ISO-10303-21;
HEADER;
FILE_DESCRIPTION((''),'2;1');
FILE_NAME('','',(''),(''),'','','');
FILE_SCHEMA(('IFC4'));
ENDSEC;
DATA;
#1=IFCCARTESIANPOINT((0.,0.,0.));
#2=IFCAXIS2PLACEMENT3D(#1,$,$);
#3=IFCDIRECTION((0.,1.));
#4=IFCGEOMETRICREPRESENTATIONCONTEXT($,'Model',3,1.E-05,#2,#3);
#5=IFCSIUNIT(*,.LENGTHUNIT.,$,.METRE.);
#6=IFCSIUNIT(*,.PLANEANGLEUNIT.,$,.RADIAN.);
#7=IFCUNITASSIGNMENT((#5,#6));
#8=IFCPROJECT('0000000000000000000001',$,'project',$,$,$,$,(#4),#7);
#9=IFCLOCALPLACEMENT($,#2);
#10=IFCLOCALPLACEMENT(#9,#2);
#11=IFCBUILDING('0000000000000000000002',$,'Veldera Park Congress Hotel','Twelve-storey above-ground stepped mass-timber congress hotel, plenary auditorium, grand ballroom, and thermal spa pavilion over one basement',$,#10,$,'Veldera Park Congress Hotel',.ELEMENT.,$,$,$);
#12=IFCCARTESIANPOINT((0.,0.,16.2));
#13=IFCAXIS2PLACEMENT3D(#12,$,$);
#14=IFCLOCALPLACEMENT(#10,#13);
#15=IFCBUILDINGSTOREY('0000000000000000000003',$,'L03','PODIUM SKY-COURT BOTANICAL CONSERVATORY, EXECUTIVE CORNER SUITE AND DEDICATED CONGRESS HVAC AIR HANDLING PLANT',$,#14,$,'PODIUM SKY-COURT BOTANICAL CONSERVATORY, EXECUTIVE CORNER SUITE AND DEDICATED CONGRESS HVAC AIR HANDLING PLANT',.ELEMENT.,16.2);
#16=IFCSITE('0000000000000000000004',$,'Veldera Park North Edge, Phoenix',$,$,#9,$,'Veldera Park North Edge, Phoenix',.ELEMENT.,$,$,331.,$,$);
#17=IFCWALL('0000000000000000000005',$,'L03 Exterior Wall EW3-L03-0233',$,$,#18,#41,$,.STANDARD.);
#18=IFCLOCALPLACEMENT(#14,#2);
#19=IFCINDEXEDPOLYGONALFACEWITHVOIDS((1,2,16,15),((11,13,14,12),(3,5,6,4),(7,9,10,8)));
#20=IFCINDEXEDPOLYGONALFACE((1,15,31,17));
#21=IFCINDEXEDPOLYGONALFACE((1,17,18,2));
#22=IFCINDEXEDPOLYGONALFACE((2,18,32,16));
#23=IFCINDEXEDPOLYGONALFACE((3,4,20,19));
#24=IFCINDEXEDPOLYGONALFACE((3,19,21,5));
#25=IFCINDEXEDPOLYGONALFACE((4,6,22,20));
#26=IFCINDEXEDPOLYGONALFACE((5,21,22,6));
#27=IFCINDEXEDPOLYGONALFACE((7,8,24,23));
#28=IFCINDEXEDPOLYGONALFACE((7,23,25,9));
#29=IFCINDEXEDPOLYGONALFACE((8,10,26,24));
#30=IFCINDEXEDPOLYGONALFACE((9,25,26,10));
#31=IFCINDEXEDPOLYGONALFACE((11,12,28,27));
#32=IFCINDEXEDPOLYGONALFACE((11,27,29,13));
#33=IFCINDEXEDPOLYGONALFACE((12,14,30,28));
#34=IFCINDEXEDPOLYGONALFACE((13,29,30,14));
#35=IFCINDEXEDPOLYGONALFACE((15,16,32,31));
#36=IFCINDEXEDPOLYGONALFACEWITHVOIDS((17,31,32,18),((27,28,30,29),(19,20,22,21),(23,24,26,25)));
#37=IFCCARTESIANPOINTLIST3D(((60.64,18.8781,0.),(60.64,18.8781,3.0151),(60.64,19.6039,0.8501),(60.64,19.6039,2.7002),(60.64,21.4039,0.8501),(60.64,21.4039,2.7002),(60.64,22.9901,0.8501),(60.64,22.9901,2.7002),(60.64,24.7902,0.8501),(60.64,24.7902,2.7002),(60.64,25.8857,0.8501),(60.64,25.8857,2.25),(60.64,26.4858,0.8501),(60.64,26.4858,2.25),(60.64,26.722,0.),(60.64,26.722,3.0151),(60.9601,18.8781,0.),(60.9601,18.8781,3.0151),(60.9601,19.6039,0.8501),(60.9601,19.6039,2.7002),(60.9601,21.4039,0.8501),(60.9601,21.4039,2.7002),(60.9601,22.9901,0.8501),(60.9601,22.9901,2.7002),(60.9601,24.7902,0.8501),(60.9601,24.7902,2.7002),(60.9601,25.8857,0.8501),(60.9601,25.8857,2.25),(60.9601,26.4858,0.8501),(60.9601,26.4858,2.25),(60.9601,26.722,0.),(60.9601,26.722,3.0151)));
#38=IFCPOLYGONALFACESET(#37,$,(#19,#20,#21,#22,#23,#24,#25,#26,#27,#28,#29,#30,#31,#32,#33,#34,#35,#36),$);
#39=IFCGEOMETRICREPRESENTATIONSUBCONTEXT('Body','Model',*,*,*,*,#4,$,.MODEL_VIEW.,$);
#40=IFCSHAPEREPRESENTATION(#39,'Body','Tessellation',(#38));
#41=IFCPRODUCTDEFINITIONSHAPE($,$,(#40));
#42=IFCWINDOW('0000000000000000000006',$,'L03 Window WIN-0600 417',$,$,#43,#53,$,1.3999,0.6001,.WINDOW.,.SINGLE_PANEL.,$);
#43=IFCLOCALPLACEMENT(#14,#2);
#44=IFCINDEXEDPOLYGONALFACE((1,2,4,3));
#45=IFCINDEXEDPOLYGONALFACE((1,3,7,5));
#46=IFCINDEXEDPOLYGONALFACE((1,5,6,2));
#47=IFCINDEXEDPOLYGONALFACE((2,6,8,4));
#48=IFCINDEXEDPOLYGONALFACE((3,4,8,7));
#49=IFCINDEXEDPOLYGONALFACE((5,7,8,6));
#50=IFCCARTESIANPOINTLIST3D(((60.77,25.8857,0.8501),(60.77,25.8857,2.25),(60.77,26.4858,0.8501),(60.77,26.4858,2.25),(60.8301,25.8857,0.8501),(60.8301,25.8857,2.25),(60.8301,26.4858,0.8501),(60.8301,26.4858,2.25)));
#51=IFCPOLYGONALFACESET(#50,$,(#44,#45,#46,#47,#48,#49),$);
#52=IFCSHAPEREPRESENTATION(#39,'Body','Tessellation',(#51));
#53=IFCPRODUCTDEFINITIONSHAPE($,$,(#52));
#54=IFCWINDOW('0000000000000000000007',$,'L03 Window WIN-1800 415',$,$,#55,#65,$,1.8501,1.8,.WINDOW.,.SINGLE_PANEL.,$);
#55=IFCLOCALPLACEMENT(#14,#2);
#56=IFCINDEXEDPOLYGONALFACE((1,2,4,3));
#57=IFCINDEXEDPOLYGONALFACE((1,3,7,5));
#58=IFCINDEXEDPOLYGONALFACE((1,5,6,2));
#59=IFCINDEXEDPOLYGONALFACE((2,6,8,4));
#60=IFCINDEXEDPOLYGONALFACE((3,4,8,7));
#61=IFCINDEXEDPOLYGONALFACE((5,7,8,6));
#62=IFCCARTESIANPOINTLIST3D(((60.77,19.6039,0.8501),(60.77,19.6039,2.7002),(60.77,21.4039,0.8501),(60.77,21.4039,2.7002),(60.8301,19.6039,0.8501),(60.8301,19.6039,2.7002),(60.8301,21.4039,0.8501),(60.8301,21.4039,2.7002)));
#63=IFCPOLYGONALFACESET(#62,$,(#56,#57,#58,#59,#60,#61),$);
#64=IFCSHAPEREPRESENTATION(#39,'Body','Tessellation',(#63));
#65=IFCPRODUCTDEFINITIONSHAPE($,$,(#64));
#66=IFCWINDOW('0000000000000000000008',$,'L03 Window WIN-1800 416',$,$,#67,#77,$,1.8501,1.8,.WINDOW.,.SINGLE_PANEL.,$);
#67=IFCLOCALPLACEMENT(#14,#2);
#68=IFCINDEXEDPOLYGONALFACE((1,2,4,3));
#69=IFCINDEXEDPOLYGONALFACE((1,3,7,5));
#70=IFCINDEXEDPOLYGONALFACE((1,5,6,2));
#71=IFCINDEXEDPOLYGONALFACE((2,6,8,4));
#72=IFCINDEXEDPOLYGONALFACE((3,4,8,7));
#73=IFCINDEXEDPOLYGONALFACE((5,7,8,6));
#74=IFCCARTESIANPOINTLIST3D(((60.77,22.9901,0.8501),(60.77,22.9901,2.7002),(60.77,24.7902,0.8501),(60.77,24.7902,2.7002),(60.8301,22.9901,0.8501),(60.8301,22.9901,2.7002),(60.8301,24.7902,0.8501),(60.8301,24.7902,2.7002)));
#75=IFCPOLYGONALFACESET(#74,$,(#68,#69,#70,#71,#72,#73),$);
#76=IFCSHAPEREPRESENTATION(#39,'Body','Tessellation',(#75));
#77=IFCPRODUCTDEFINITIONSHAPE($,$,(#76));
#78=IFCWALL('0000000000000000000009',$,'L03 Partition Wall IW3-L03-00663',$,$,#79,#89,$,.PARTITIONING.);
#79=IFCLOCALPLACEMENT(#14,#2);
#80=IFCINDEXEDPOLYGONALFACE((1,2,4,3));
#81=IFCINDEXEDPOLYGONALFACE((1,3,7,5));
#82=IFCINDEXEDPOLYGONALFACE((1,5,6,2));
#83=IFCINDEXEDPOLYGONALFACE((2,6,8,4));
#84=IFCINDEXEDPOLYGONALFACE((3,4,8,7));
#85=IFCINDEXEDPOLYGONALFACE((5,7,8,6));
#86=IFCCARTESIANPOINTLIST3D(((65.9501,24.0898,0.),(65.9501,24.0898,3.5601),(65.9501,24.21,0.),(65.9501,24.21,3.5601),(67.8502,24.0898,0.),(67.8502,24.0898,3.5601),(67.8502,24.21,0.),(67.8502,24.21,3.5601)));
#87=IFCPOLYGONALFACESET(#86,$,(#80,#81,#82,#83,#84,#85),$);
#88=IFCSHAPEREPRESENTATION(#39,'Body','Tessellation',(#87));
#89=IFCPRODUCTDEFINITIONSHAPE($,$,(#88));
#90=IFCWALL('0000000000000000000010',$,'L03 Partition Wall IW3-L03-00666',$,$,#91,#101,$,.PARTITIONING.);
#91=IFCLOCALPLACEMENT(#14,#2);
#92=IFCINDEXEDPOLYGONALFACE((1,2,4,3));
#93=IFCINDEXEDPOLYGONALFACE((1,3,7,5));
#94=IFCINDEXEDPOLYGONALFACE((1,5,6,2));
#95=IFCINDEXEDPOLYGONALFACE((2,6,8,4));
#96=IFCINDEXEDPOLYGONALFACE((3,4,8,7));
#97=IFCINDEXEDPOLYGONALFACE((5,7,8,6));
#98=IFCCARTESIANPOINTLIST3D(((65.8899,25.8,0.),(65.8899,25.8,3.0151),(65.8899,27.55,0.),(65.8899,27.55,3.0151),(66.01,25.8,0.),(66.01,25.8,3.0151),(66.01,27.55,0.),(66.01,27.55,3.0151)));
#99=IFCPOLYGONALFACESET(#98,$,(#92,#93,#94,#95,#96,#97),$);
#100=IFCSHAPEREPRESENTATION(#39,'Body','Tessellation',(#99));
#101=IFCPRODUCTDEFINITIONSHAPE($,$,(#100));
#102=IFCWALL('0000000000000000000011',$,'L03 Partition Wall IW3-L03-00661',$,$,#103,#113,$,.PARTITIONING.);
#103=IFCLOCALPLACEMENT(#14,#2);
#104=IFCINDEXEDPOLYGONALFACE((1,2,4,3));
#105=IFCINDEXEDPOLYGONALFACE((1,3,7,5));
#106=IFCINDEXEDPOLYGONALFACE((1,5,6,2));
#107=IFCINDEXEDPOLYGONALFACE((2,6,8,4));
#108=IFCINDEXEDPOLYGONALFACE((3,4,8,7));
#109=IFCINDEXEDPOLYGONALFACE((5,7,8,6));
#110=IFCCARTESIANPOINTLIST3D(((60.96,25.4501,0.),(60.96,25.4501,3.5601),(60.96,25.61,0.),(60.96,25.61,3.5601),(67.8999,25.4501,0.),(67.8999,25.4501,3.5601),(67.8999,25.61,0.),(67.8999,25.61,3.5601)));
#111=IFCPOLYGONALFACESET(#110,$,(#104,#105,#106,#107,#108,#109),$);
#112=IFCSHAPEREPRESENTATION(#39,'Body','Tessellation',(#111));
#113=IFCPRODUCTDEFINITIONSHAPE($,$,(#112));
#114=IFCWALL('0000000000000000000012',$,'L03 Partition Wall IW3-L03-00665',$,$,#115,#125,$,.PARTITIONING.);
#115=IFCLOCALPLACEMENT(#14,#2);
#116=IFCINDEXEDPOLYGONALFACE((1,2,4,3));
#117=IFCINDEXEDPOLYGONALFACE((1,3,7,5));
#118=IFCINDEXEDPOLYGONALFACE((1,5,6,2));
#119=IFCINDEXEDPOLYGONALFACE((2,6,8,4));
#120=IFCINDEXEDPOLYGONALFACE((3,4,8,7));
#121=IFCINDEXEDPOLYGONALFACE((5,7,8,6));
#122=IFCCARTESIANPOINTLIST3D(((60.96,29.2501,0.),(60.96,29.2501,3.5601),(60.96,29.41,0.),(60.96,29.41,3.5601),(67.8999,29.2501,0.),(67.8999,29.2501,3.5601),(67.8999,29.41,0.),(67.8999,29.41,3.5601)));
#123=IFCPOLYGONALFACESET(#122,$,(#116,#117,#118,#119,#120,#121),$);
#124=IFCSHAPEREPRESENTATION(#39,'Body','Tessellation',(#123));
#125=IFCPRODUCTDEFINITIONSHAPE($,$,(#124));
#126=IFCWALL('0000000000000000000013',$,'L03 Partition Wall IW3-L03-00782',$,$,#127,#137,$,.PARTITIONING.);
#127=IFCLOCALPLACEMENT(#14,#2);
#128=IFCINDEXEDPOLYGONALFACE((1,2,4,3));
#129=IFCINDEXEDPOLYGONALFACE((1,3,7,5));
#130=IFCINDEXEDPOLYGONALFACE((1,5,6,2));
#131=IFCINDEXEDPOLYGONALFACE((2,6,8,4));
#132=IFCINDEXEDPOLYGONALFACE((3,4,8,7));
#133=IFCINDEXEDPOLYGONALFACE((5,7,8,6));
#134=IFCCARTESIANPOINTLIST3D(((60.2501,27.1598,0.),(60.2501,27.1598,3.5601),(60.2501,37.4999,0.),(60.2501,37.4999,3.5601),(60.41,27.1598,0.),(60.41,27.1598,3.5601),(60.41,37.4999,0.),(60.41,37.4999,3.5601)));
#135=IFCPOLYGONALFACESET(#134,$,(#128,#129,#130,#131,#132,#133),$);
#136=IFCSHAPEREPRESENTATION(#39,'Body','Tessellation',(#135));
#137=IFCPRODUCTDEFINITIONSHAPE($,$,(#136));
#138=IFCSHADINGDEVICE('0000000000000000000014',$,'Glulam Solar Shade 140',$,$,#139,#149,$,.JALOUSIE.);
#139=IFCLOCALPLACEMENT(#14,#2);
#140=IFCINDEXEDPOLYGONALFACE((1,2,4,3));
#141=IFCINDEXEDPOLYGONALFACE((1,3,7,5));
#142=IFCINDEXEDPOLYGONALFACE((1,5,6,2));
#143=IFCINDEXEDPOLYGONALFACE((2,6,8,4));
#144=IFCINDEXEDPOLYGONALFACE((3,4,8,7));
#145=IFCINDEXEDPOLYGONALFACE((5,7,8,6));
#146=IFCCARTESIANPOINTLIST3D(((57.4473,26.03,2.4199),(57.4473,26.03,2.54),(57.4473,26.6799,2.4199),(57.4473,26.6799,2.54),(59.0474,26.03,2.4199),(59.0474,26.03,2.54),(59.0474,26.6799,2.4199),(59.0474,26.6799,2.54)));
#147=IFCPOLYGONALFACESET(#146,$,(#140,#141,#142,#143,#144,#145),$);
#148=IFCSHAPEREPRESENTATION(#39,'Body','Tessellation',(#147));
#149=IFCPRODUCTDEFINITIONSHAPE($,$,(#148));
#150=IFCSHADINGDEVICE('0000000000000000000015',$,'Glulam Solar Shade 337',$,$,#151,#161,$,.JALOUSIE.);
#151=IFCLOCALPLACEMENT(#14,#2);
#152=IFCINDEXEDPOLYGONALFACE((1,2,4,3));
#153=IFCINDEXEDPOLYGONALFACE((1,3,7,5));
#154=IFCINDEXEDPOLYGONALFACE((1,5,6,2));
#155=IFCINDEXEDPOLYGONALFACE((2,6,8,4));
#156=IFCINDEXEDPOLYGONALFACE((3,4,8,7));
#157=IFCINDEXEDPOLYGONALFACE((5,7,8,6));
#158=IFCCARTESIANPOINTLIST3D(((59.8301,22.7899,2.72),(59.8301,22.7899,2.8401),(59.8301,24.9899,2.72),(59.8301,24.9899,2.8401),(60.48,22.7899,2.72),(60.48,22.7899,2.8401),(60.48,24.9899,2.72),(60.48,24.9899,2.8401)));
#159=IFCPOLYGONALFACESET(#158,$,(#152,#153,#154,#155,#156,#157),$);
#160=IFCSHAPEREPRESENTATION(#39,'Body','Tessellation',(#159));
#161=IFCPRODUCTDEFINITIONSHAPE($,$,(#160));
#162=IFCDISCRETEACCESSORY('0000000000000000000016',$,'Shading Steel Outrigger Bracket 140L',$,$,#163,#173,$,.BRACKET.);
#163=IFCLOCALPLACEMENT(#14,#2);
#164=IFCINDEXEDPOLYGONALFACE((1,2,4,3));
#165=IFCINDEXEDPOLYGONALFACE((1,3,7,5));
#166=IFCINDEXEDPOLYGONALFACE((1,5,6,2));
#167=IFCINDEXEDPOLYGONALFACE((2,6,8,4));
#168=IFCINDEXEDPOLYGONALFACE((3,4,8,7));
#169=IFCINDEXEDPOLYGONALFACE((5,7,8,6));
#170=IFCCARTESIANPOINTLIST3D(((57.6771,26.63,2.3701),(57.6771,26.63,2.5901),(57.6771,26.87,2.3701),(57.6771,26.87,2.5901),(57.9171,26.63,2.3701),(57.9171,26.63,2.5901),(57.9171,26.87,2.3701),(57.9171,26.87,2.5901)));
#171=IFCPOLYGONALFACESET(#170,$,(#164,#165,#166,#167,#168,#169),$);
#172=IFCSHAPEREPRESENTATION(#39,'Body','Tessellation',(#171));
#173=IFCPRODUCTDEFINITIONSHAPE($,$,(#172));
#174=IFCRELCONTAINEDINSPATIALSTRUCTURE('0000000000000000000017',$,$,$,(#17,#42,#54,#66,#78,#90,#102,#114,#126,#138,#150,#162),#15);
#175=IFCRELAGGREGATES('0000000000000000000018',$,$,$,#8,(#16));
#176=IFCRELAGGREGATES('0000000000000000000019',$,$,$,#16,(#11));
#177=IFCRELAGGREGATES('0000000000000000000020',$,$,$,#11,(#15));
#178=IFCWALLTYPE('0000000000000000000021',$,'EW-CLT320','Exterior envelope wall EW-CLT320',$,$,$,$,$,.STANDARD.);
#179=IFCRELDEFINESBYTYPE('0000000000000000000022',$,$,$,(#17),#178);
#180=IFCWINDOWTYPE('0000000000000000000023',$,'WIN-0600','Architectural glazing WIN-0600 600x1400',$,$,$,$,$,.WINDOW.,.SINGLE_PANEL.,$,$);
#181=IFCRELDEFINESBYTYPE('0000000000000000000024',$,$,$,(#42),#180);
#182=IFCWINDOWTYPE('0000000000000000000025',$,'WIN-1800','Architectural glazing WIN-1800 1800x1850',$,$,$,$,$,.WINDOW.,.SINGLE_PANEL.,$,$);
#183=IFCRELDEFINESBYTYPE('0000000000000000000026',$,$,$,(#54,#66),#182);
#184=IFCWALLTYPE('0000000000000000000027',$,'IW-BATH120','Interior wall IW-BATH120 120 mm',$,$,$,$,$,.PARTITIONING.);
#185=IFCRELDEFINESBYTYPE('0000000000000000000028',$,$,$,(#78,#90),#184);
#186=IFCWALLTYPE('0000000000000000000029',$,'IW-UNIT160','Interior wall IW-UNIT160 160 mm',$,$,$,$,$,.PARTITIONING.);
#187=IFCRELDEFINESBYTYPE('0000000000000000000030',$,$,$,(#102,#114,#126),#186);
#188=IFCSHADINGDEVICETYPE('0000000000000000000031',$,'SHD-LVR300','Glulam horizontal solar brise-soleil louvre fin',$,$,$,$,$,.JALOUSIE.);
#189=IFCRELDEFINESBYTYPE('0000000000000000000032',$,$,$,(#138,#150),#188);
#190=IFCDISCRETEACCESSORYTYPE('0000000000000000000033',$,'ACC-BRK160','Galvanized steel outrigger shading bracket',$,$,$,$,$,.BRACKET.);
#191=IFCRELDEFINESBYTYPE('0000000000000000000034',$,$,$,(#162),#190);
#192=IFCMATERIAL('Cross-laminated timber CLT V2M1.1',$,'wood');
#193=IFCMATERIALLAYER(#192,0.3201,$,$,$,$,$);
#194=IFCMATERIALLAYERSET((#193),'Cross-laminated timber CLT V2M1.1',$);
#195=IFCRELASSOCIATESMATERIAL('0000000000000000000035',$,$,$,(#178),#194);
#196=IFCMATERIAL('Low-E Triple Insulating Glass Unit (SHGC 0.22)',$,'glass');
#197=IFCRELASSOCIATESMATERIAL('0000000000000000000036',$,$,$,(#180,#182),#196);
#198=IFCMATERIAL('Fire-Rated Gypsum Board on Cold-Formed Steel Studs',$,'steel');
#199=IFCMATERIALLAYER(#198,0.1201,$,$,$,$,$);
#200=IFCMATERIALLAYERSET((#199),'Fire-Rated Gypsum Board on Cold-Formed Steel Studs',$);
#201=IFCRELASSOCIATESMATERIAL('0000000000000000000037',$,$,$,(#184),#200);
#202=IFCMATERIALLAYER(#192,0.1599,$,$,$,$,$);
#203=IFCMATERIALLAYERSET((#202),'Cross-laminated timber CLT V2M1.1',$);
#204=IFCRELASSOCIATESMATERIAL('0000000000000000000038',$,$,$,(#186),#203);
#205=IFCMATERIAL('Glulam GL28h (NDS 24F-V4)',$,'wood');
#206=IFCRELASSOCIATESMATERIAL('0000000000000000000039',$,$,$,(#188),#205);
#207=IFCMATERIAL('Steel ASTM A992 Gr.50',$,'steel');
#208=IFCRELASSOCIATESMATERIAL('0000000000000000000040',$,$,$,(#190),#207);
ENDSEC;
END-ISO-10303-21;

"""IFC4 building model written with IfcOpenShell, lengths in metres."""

from ifc_helpers import new_model, si_unit, direction, frame, frame_2d, origin, origin_2d, place, context, subcontext, project, spatial, rectangle, extrude, material, layer, layer_set, type_object, element, fill, save


model = new_model("IFC4")

# Units and contexts
model_context = context("Model", 3, precision=1e-05, world=origin(), true_north=direction((0.0, 1.0)))
body_context = subcontext(model_context, "Body", "Model", "MODEL_VIEW")
ifc_project = project(units=[si_unit("LENGTHUNIT", "METRE"), si_unit("PLANEANGLEUNIT", "RADIAN")], contexts=[model_context])

# Site, building, storey
site_placement = place(None, origin())
site = spatial("IfcSite", under=ifc_project, at=site_placement, Name="Veldera Park North Edge, Phoenix", LongName="Veldera Park North Edge, Phoenix", CompositionType="ELEMENT", RefElevation=331.0)
building_placement = place(site_placement, origin())
building = spatial("IfcBuilding", under=site, at=building_placement, Name="Veldera Park Congress Hotel", Description="Twelve-storey above-ground stepped mass-timber congress hotel, plenary auditorium, grand ballroom, and thermal spa pavilion over one basement", LongName="Veldera Park Congress Hotel", CompositionType="ELEMENT")
storey_placement = place(building_placement, frame((0.0, 0.0, 16.2)))
storey = spatial("IfcBuildingStorey", under=building, at=storey_placement, Name="L03", Description="PODIUM SKY-COURT BOTANICAL CONSERVATORY, EXECUTIVE CORNER SUITE AND DEDICATED CONGRESS HVAC AIR HANDLING PLANT", LongName="PODIUM SKY-COURT BOTANICAL CONSERVATORY, EXECUTIVE CORNER SUITE AND DEDICATED CONGRESS HVAC AIR HANDLING PLANT", CompositionType="ELEMENT", Elevation=16.2)

# Shared definitions
ifc_material_1 = material(Name="Glulam GL28h (NDS 24F-V4)", Category="wood")

# Wall, openings, windows
ifc_material_2 = material(Name="Cross-laminated timber CLT V2M1.1", Category="wood")
ifc_layer_1 = layer(ifc_material_2, 0.3201)
ifc_layer_set_1 = layer_set([ifc_layer_1], Name="Cross-laminated timber CLT V2M1.1")
wall_type_1 = type_object("IfcWallType", Name="EW-CLT320", Description="Exterior envelope wall EW-CLT320", PredefinedType="STANDARD", material=ifc_layer_set_1)
wall_1_placement = place(storey_placement, frame((60.8, 26.7219, 0.0), z_axis=(0.0, 0.0, 1.0), x_axis=(0.0, -1.0, 0.0)))
wall_1 = element("IfcWall", 1, at=wall_1_placement, inside=storey, type_object=wall_type_1, Name="L03 Exterior Wall EW3-L03-0233", PredefinedType="STANDARD", context=body_context, shape_type="SweptSolid", body=[
    extrude(rectangle(XDim=7.844, YDim=0.3201, at=frame_2d((3.9219, 0.0))), origin(), (0.0, 0.0, 1.0), 3.0151),
])
opening_1_placement = place(wall_1_placement, frame((5.3181, 0.0, 0.8501)))
opening_1 = element("IfcOpeningElement", 2, at=opening_1_placement, cuts=wall_1, PredefinedType="OPENING", context=body_context, shape_type="SweptSolid", body=[
    extrude(rectangle(XDim=1.8, YDim=1.8501, at=frame_2d((0.8999, 0.925))), frame((0.0, 0.1721, 0.0), z_axis=(0.0, -1.0, 0.0), x_axis=(1.0, 0.0, 0.0)), (0.0, 0.0, 1.0), 0.344),
])
opening_2_placement = place(wall_1_placement, frame((1.9319, 0.0, 0.8501)))
opening_2 = element("IfcOpeningElement", 3, at=opening_2_placement, cuts=wall_1, PredefinedType="OPENING", context=body_context, shape_type="SweptSolid", body=[
    extrude(rectangle(XDim=1.8, YDim=1.8501, at=frame_2d((0.8999, 0.925))), frame((0.0, 0.1721, 0.0), z_axis=(0.0, -1.0, 0.0), x_axis=(1.0, 0.0, 0.0)), (0.0, 0.0, 1.0), 0.344),
])
opening_3_placement = place(wall_1_placement, frame((0.2361, 0.0, 0.8501)))
opening_3 = element("IfcOpeningElement", 4, at=opening_3_placement, cuts=wall_1, PredefinedType="OPENING", context=body_context, shape_type="SweptSolid", body=[
    extrude(rectangle(XDim=0.6001, YDim=1.3999, at=frame_2d((0.3, 0.7))), frame((0.0, 0.1721, 0.0), z_axis=(0.0, -1.0, 0.0), x_axis=(1.0, 0.0, 0.0)), (0.0, 0.0, 1.0), 0.344),
])
ifc_material_3 = material(Name="Low-E Triple Insulating Glass Unit (SHGC 0.22)", Category="glass")
window_type_1 = type_object("IfcWindowType", Name="WIN-0600", Description="Architectural glazing WIN-0600 600x1400", PartitioningType="SINGLE_PANEL", PredefinedType="WINDOW", material=ifc_material_3)
window_1_placement = place(opening_3_placement, origin())
window_1 = element("IfcWindow", 5, at=window_1_placement, inside=storey, type_object=window_type_1, Name="L03 Window WIN-0600 417", OverallHeight=1.3999, OverallWidth=0.6001, PartitioningType="SINGLE_PANEL", PredefinedType="WINDOW", context=body_context, shape_type="SweptSolid", body=[
    extrude(rectangle(XDim=0.6001, YDim=1.3999, at=frame_2d((0.3, 0.7))), frame((0.0, 0.03, 0.0), z_axis=(0.0, -1.0, 0.0), x_axis=(1.0, 0.0, 0.0)), (0.0, 0.0, 1.0), 0.0601),
])
fill(opening_3, window_1)
window_type_2 = type_object("IfcWindowType", Name="WIN-1800", Description="Architectural glazing WIN-1800 1800x1850", PartitioningType="SINGLE_PANEL", PredefinedType="WINDOW", material=ifc_material_3)
window_2_placement = place(opening_1_placement, origin())
window_2 = element("IfcWindow", 6, at=window_2_placement, inside=storey, type_object=window_type_2, Name="L03 Window WIN-1800 415", OverallHeight=1.8501, OverallWidth=1.8, PartitioningType="SINGLE_PANEL", PredefinedType="WINDOW", context=body_context, shape_type="SweptSolid", body=[
    extrude(rectangle(XDim=1.8, YDim=1.8501, at=frame_2d((0.8999, 0.925))), frame((0.0, 0.03, 0.0), z_axis=(0.0, -1.0, 0.0), x_axis=(1.0, 0.0, 0.0)), (0.0, 0.0, 1.0), 0.0601),
])
fill(opening_1, window_2)
window_3_placement = place(opening_2_placement, origin())
window_3 = element("IfcWindow", 7, at=window_3_placement, inside=storey, type_object=window_type_2, Name="L03 Window WIN-1800 416", OverallHeight=1.8501, OverallWidth=1.8, PartitioningType="SINGLE_PANEL", PredefinedType="WINDOW", context=body_context, shape_type="SweptSolid", body=[
    extrude(rectangle(XDim=1.8, YDim=1.8501, at=frame_2d((0.8999, 0.925))), frame((0.0, 0.03, 0.0), z_axis=(0.0, -1.0, 0.0), x_axis=(1.0, 0.0, 0.0)), (0.0, 0.0, 1.0), 0.0601),
])
fill(opening_2, window_3)

# Walls
ifc_material_4 = material(Name="Fire-Rated Gypsum Board on Cold-Formed Steel Studs", Category="steel")
ifc_layer_2 = layer(ifc_material_4, 0.1201)
ifc_layer_set_2 = layer_set([ifc_layer_2], Name="Fire-Rated Gypsum Board on Cold-Formed Steel Studs")
wall_type_2 = type_object("IfcWallType", Name="IW-BATH120", Description="Interior wall IW-BATH120 120 mm", PredefinedType="PARTITIONING", material=ifc_layer_set_2)
wall_2_placement = place(storey_placement, frame((65.95, 24.1499, 0.0), z_axis=(0.0, 0.0, 1.0), x_axis=(1.0, 0.0, 0.0)))
element("IfcWall", 8, at=wall_2_placement, inside=storey, type_object=wall_type_2, Name="L03 Partition Wall IW3-L03-00663", PredefinedType="PARTITIONING", context=body_context, shape_type="SweptSolid", body=[
    extrude(rectangle(XDim=1.9001, YDim=0.1201, at=frame_2d((0.9502, 0.0))), origin(), (0.0, 0.0, 1.0), 3.5601),
])
wall_3_placement = place(storey_placement, frame((65.95, 25.8, 0.0), z_axis=(0.0, 0.0, 1.0), x_axis=(0.0, 1.0, 0.0)))
element("IfcWall", 9, at=wall_3_placement, inside=storey, type_object=wall_type_2, Name="L03 Partition Wall IW3-L03-00666", PredefinedType="PARTITIONING", context=body_context, shape_type="SweptSolid", body=[
    extrude(rectangle(XDim=1.75, YDim=0.1201, at=frame_2d((0.875, 0.0))), origin(), (0.0, 0.0, 1.0), 3.0151),
])

# Walls
ifc_layer_3 = layer(ifc_material_2, 0.1599)
ifc_layer_set_3 = layer_set([ifc_layer_3], Name="Cross-laminated timber CLT V2M1.1")
wall_type_3 = type_object("IfcWallType", Name="IW-UNIT160", Description="Interior wall IW-UNIT160 160 mm", PredefinedType="PARTITIONING", material=ifc_layer_set_3)
for number, where, z_axis, x_axis, name in (
    (10, (60.96, 25.53, 0.0), (0.0, 0.0, 1.0), (1.0, 0.0, 0.0), "L03 Partition Wall IW3-L03-00661"),
    (11, (60.96, 29.3301, 0.0), (0.0, 0.0, 1.0), (1.0, 0.0, 0.0), "L03 Partition Wall IW3-L03-00665"),
):
    element("IfcWall", number, at=place(storey_placement, frame(where, z_axis=z_axis, x_axis=x_axis)), inside=storey, type_object=wall_type_3, Name=name, PredefinedType="PARTITIONING", context=body_context, shape_type="SweptSolid", body=[
        extrude(rectangle(XDim=6.9399, YDim=0.1599, at=frame_2d((3.47, 0.0))), origin(), (0.0, 0.0, 1.0), 3.5601),
    ])
wall_4_placement = place(storey_placement, frame((60.3301, 27.1599, 0.0), z_axis=(0.0, 0.0, 1.0), x_axis=(0.0, 1.0, 0.0)))
element("IfcWall", 12, at=wall_4_placement, inside=storey, type_object=wall_type_3, Name="L03 Partition Wall IW3-L03-00782", PredefinedType="PARTITIONING", context=body_context, shape_type="SweptSolid", body=[
    extrude(rectangle(XDim=10.3401, YDim=0.1599, at=frame_2d((5.1699, 0.0))), origin(), (0.0, 0.0, 1.0), 3.5601),
])

# Shading devices
shading_device_type = type_object("IfcShadingDeviceType", Name="SHD-LVR300", Description="Glulam horizontal solar brise-soleil louvre fin", PredefinedType="JALOUSIE", material=ifc_material_1)
shading_device_1_placement = place(storey_placement, frame((58.2473, 26.355, 2.4199), z_axis=(0.0, 0.0, 1.0), x_axis=(1.0, 0.0, 0.0)))
element("IfcShadingDevice", 13, at=shading_device_1_placement, inside=storey, type_object=shading_device_type, Name="Glulam Solar Shade 140", PredefinedType="JALOUSIE", context=body_context, shape_type="SweptSolid", body=[
    extrude(rectangle(XDim=1.6001, YDim=0.6499, at=origin_2d()), origin(), (0.0, 0.0, 1.0), 0.1201),
])
shading_device_2_placement = place(storey_placement, frame((60.155, 23.8899, 2.72), z_axis=(0.0, 0.0, 1.0), x_axis=(0.0, -1.0, 0.0)))
element("IfcShadingDevice", 14, at=shading_device_2_placement, inside=storey, type_object=shading_device_type, Name="Glulam Solar Shade 337", PredefinedType="JALOUSIE", context=body_context, shape_type="SweptSolid", body=[
    extrude(rectangle(XDim=2.2, YDim=0.6499, at=origin_2d()), origin(), (0.0, 0.0, 1.0), 0.1201),
])

# Discrete accessory
ifc_material_5 = material(Name="Steel ASTM A992 Gr.50", Category="steel")
discrete_accessory_type = type_object("IfcDiscreteAccessoryType", Name="ACC-BRK160", Description="Galvanized steel outrigger shading bracket", PredefinedType="BRACKET", material=ifc_material_5)
for number, where, z_axis, x_axis, name in (
    (15, (57.7971, 26.75, 2.3701), (0.0, 0.0, 1.0), (1.0, 0.0, 0.0), "Shading Steel Outrigger Bracket 140L"),
):
    element("IfcDiscreteAccessory", number, at=place(storey_placement, frame(where, z_axis=z_axis, x_axis=x_axis)), inside=storey, type_object=discrete_accessory_type, Name=name, PredefinedType="BRACKET", context=body_context, shape_type="SweptSolid", body=[
        extrude(rectangle(XDim=0.24, YDim=0.24, at=origin_2d()), origin(), (0.0, 0.0, 1.0), 0.22),
    ])

save(model, "model.ifc")
